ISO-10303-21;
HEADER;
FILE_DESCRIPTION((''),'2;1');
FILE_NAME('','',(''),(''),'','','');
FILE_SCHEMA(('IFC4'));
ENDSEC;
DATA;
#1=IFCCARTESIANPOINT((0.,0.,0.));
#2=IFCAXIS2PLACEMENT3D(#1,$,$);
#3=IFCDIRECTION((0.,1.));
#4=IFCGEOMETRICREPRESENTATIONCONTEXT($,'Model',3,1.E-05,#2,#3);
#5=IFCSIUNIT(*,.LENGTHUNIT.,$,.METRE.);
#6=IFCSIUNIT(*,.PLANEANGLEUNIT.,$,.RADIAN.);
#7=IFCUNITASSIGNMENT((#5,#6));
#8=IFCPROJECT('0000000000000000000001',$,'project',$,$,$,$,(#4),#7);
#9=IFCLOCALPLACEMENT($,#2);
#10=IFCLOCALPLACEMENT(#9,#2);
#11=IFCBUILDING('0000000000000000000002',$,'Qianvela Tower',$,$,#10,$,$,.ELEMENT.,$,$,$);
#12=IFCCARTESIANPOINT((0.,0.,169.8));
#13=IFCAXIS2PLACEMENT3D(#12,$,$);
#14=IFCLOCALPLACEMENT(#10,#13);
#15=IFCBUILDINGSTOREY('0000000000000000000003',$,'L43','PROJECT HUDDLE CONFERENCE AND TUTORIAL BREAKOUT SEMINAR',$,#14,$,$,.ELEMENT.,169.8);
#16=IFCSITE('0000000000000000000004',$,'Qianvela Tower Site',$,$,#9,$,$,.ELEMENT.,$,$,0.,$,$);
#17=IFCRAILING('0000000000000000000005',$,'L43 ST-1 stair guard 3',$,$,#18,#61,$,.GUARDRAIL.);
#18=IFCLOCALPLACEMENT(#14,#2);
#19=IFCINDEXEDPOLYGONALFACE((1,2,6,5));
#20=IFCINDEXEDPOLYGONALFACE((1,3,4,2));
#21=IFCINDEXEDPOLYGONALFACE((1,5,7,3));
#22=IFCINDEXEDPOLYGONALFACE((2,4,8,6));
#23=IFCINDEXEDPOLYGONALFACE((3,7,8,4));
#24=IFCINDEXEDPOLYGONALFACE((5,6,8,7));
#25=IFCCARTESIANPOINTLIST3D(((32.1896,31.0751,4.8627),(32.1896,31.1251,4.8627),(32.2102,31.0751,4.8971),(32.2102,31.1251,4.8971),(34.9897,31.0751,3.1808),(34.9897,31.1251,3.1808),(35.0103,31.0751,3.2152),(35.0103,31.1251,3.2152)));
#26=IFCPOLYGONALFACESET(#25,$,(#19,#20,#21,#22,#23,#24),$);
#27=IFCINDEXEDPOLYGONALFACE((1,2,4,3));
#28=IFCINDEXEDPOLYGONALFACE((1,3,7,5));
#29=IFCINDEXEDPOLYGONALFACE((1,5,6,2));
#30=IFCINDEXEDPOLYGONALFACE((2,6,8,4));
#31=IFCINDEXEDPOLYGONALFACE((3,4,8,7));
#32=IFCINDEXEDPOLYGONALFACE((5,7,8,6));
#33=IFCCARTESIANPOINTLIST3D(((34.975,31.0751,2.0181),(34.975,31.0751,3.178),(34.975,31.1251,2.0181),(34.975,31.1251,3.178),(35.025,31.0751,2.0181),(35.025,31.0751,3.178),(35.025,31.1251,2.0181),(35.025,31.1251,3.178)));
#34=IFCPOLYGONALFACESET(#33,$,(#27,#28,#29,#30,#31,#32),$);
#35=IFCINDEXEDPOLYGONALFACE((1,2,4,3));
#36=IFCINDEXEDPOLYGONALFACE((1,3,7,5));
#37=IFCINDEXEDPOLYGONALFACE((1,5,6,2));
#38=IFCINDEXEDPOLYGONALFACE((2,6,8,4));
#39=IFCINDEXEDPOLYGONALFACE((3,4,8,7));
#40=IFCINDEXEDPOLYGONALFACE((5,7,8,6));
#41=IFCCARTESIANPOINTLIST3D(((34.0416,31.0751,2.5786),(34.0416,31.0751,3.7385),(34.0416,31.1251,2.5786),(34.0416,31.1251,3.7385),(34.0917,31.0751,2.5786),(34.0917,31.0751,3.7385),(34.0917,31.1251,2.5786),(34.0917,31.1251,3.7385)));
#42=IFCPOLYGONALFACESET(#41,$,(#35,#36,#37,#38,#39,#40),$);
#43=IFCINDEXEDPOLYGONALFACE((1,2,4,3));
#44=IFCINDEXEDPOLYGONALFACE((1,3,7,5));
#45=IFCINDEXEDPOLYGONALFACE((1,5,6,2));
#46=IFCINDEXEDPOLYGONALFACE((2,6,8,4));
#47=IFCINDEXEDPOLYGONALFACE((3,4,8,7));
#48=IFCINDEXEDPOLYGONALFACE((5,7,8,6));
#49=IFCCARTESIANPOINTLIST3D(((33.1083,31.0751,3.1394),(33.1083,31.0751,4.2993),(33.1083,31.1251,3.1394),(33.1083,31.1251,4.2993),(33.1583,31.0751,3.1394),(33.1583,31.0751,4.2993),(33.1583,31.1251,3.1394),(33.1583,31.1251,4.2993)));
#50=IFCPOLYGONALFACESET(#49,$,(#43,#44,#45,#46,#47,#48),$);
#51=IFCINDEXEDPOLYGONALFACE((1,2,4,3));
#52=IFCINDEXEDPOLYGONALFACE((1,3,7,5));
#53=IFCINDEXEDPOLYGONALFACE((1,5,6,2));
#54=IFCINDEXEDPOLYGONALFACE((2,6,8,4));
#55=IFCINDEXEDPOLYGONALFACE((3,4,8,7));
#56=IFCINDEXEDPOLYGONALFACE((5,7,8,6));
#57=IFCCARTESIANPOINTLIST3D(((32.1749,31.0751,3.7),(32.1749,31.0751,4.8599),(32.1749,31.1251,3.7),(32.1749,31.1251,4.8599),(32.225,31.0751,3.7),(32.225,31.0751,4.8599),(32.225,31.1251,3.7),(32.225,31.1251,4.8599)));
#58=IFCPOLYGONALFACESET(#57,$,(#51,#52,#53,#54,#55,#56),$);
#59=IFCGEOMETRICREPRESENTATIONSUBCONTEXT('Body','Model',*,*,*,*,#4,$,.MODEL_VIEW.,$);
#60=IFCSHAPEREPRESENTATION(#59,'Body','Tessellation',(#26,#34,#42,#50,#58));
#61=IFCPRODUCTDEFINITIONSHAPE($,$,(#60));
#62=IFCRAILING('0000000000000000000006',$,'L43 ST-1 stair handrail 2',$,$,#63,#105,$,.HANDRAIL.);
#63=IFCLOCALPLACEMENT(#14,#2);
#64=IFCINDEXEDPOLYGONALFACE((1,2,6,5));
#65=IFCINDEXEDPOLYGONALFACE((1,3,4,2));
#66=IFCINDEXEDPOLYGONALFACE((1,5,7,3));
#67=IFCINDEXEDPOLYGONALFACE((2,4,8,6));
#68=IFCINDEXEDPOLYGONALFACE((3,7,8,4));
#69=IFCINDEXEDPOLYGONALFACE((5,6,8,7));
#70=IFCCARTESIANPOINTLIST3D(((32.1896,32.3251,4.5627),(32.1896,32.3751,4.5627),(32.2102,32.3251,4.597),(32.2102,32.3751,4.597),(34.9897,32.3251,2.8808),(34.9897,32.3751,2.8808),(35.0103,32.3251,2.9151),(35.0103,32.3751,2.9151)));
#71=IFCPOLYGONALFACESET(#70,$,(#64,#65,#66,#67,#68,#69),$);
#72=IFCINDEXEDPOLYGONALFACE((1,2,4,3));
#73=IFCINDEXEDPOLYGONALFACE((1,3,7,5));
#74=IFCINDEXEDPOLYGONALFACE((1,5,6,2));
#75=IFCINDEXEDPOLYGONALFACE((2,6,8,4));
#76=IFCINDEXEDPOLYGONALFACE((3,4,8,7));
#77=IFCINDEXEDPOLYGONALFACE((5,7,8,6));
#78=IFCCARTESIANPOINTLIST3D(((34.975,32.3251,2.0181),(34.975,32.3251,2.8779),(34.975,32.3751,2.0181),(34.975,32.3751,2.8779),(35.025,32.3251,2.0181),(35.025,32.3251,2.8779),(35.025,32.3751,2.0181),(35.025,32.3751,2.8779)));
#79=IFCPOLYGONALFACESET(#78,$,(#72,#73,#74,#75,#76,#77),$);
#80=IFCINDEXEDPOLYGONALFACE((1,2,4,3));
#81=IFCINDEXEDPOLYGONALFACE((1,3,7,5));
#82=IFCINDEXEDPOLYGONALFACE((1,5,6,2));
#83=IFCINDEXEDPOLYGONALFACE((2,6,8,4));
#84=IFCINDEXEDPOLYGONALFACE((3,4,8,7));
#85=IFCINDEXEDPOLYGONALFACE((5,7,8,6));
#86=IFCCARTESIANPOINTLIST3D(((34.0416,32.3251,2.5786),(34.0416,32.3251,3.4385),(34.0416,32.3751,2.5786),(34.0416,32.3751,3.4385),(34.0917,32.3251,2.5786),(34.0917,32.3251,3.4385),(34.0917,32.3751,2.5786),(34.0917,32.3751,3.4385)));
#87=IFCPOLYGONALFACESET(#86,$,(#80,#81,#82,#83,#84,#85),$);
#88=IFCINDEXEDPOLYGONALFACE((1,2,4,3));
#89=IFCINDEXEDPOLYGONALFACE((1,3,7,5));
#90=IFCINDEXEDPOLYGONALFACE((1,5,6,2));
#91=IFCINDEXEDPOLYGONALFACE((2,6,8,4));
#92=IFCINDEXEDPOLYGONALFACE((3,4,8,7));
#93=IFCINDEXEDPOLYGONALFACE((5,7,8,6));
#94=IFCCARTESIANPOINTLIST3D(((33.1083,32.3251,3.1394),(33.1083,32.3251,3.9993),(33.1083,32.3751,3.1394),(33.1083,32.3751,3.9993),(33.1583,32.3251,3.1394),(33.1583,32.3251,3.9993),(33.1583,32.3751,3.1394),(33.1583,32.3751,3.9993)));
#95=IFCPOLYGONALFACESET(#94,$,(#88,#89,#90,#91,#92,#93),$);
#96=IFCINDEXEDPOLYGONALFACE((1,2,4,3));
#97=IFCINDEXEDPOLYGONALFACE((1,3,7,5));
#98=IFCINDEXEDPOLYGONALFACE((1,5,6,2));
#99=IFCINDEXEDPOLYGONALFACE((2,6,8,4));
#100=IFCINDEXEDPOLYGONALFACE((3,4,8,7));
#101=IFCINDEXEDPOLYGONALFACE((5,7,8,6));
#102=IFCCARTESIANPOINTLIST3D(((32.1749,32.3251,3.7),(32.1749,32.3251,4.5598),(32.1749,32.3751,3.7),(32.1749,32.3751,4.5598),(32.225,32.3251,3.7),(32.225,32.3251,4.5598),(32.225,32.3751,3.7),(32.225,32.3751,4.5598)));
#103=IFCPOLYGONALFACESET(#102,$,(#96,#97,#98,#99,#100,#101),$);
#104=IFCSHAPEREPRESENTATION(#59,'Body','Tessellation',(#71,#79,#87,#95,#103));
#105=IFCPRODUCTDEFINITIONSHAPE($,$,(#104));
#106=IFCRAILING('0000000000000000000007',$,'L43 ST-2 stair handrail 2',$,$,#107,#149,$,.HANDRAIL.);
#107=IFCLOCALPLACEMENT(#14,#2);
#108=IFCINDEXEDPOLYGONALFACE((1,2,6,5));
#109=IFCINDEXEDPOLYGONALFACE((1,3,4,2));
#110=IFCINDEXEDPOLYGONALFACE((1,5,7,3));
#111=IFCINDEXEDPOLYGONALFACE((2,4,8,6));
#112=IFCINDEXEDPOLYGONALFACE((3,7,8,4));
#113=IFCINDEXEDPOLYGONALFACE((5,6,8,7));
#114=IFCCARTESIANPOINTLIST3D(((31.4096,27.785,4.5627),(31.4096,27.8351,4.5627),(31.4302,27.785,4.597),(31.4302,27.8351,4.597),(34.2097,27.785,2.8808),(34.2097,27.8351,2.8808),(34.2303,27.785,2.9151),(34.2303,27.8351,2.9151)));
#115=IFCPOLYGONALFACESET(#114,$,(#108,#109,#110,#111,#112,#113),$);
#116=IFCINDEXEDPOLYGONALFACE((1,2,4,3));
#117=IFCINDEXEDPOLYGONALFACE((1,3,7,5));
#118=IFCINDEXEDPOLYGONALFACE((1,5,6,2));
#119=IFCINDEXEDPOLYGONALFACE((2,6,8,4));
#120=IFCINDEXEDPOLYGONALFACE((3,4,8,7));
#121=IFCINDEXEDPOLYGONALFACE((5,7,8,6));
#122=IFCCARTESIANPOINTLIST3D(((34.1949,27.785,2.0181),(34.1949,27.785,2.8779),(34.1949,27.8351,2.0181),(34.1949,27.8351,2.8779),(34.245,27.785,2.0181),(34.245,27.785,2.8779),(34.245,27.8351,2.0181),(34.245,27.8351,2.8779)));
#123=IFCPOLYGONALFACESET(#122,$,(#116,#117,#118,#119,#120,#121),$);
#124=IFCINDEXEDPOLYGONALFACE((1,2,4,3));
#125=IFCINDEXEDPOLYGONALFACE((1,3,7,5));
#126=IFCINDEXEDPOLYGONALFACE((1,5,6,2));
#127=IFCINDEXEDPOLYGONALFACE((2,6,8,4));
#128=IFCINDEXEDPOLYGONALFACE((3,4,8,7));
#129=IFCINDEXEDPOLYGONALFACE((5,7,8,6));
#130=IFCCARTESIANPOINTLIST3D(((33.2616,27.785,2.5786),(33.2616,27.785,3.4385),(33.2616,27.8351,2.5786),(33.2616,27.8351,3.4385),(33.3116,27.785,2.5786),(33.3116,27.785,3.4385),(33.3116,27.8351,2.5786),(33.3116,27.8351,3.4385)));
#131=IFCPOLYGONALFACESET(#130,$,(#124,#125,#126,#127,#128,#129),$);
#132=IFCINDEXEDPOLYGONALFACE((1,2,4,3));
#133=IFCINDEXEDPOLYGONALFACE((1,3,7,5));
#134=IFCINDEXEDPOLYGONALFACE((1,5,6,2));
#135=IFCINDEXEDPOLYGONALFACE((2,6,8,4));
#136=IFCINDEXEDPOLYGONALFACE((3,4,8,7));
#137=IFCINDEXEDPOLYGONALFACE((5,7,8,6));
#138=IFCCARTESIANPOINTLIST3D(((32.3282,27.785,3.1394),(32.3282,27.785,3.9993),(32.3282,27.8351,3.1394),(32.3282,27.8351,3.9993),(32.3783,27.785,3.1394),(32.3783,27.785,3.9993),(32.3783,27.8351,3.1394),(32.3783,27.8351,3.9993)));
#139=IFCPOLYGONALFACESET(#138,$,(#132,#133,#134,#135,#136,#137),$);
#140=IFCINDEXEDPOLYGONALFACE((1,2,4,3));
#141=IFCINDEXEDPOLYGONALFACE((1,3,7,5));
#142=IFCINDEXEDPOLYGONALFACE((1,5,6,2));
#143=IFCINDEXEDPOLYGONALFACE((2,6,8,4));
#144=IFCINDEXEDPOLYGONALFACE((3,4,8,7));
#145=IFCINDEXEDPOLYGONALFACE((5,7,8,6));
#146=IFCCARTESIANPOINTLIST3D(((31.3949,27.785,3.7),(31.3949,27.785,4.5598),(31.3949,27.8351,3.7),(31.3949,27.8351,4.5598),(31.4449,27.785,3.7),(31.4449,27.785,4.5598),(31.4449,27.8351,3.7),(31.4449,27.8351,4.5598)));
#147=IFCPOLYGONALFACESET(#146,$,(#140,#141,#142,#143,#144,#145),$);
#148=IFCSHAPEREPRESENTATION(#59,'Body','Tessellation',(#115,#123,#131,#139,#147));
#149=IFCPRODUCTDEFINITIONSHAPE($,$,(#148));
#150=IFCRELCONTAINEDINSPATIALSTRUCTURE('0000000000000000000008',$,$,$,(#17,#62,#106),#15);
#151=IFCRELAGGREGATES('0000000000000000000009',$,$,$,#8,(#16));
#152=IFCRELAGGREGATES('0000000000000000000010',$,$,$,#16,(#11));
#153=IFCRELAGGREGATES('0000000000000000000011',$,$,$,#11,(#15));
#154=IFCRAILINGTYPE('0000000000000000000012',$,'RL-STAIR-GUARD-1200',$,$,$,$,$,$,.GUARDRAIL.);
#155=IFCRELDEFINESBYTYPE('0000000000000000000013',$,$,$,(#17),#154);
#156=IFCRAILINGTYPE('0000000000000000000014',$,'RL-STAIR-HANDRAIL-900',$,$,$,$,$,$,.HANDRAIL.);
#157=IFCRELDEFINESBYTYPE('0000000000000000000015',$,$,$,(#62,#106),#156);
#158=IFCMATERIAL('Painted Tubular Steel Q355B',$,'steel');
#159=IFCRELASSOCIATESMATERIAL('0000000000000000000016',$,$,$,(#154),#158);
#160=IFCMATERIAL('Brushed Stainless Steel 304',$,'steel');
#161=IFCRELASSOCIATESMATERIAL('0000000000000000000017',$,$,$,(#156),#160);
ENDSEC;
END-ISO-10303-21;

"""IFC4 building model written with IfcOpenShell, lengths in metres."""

from ifc_helpers import new_model, si_unit, direction, frame, origin, origin_2d, place, context, subcontext, project, spatial, rectangle, extrude, material, type_object, element, save


model = new_model("IFC4")

# Units and contexts
model_context = context("Model", 3, precision=1e-05, world=origin(), true_north=direction((0.0, 1.0)))
body_context = subcontext(model_context, "Body", "Model", "MODEL_VIEW")
ifc_project = project(units=[si_unit("LENGTHUNIT", "METRE"), si_unit("PLANEANGLEUNIT", "RADIAN")], contexts=[model_context])

# Site, building, storey
site_placement = place(None, origin())
site = spatial("IfcSite", under=ifc_project, at=site_placement, Name="Qianvela Tower Site", CompositionType="ELEMENT", RefElevation=0.0)
building_placement = place(site_placement, origin())
building = spatial("IfcBuilding", under=site, at=building_placement, Name="Qianvela Tower", CompositionType="ELEMENT")
storey_placement = place(building_placement, frame((0.0, 0.0, 169.8)))
storey = spatial("IfcBuildingStorey", under=building, at=storey_placement, Name="L43", Description="PROJECT HUDDLE CONFERENCE AND TUTORIAL BREAKOUT SEMINAR", CompositionType="ELEMENT", Elevation=169.8)

# Railings
ifc_material_1 = material(Name="Painted Tubular Steel Q355B", Category="steel")
railing_type_1 = type_object("IfcRailingType", Name="RL-STAIR-GUARD-1200", PredefinedType="GUARDRAIL", material=ifc_material_1)
railing_1_placement = place(storey_placement, frame((35.0, 31.1001, 2.0181)))
element("IfcRailing", 1, at=railing_1_placement, inside=storey, type_object=railing_type_1, Name="L43 ST-1 stair guard 3", PredefinedType="GUARDRAIL", context=body_context, shape_type="SweptSolid", body=[
    extrude(rectangle(XDim=0.05, YDim=0.04, at=origin_2d()), frame((0.0, 0.0, 1.1799), z_axis=(-0.857242, 0.0, 0.514913), x_axis=(0.0, -1.0, 0.0)), (0.0, 0.0, 1.0), 3.2664),
    extrude(rectangle(XDim=0.05, YDim=0.05, at=origin_2d()), origin(), (0.0, 0.0, 1.0), 1.1599),
    extrude(rectangle(XDim=0.05, YDim=0.05, at=origin_2d()), frame((-0.9333, 0.0, 0.5605)), (0.0, 0.0, 1.0), 1.1599),
    extrude(rectangle(XDim=0.05, YDim=0.05, at=origin_2d()), frame((-1.8667, 0.0, 1.1213)), (0.0, 0.0, 1.0), 1.1599),
    extrude(rectangle(XDim=0.05, YDim=0.05, at=origin_2d()), frame((-2.8, 0.0, 1.6819)), (0.0, 0.0, 1.0), 1.1599),
])
ifc_material_2 = material(Name="Brushed Stainless Steel 304", Category="steel")
railing_type_2 = type_object("IfcRailingType", Name="RL-STAIR-HANDRAIL-900", PredefinedType="HANDRAIL", material=ifc_material_2)
for number, where, name in (
    (2, (35.0, 32.3501, 2.0181), "L43 ST-1 stair handrail 2"),
    (3, (34.22, 27.8101, 2.0181), "L43 ST-2 stair handrail 2"),
):
    element("IfcRailing", number, at=place(storey_placement, frame(where)), inside=storey, type_object=railing_type_2, Name=name, PredefinedType="HANDRAIL", context=body_context, shape_type="SweptSolid", body=[
        extrude(rectangle(XDim=0.05, YDim=0.04, at=origin_2d()), frame((0.0, 0.0, 0.8799), z_axis=(-0.857242, 0.0, 0.514913), x_axis=(0.0, -1.0, 0.0)), (0.0, 0.0, 1.0), 3.2664),
        extrude(rectangle(XDim=0.05, YDim=0.05, at=origin_2d()), origin(), (0.0, 0.0, 1.0), 0.8599),
        extrude(rectangle(XDim=0.05, YDim=0.05, at=origin_2d()), frame((-0.9333, 0.0, 0.5605)), (0.0, 0.0, 1.0), 0.8599),
        extrude(rectangle(XDim=0.05, YDim=0.05, at=origin_2d()), frame((-1.8667, 0.0, 1.1213)), (0.0, 0.0, 1.0), 0.8599),
        extrude(rectangle(XDim=0.05, YDim=0.05, at=origin_2d()), frame((-2.8, 0.0, 1.6819)), (0.0, 0.0, 1.0), 0.8599),
    ])

save(model, "model.ifc")
